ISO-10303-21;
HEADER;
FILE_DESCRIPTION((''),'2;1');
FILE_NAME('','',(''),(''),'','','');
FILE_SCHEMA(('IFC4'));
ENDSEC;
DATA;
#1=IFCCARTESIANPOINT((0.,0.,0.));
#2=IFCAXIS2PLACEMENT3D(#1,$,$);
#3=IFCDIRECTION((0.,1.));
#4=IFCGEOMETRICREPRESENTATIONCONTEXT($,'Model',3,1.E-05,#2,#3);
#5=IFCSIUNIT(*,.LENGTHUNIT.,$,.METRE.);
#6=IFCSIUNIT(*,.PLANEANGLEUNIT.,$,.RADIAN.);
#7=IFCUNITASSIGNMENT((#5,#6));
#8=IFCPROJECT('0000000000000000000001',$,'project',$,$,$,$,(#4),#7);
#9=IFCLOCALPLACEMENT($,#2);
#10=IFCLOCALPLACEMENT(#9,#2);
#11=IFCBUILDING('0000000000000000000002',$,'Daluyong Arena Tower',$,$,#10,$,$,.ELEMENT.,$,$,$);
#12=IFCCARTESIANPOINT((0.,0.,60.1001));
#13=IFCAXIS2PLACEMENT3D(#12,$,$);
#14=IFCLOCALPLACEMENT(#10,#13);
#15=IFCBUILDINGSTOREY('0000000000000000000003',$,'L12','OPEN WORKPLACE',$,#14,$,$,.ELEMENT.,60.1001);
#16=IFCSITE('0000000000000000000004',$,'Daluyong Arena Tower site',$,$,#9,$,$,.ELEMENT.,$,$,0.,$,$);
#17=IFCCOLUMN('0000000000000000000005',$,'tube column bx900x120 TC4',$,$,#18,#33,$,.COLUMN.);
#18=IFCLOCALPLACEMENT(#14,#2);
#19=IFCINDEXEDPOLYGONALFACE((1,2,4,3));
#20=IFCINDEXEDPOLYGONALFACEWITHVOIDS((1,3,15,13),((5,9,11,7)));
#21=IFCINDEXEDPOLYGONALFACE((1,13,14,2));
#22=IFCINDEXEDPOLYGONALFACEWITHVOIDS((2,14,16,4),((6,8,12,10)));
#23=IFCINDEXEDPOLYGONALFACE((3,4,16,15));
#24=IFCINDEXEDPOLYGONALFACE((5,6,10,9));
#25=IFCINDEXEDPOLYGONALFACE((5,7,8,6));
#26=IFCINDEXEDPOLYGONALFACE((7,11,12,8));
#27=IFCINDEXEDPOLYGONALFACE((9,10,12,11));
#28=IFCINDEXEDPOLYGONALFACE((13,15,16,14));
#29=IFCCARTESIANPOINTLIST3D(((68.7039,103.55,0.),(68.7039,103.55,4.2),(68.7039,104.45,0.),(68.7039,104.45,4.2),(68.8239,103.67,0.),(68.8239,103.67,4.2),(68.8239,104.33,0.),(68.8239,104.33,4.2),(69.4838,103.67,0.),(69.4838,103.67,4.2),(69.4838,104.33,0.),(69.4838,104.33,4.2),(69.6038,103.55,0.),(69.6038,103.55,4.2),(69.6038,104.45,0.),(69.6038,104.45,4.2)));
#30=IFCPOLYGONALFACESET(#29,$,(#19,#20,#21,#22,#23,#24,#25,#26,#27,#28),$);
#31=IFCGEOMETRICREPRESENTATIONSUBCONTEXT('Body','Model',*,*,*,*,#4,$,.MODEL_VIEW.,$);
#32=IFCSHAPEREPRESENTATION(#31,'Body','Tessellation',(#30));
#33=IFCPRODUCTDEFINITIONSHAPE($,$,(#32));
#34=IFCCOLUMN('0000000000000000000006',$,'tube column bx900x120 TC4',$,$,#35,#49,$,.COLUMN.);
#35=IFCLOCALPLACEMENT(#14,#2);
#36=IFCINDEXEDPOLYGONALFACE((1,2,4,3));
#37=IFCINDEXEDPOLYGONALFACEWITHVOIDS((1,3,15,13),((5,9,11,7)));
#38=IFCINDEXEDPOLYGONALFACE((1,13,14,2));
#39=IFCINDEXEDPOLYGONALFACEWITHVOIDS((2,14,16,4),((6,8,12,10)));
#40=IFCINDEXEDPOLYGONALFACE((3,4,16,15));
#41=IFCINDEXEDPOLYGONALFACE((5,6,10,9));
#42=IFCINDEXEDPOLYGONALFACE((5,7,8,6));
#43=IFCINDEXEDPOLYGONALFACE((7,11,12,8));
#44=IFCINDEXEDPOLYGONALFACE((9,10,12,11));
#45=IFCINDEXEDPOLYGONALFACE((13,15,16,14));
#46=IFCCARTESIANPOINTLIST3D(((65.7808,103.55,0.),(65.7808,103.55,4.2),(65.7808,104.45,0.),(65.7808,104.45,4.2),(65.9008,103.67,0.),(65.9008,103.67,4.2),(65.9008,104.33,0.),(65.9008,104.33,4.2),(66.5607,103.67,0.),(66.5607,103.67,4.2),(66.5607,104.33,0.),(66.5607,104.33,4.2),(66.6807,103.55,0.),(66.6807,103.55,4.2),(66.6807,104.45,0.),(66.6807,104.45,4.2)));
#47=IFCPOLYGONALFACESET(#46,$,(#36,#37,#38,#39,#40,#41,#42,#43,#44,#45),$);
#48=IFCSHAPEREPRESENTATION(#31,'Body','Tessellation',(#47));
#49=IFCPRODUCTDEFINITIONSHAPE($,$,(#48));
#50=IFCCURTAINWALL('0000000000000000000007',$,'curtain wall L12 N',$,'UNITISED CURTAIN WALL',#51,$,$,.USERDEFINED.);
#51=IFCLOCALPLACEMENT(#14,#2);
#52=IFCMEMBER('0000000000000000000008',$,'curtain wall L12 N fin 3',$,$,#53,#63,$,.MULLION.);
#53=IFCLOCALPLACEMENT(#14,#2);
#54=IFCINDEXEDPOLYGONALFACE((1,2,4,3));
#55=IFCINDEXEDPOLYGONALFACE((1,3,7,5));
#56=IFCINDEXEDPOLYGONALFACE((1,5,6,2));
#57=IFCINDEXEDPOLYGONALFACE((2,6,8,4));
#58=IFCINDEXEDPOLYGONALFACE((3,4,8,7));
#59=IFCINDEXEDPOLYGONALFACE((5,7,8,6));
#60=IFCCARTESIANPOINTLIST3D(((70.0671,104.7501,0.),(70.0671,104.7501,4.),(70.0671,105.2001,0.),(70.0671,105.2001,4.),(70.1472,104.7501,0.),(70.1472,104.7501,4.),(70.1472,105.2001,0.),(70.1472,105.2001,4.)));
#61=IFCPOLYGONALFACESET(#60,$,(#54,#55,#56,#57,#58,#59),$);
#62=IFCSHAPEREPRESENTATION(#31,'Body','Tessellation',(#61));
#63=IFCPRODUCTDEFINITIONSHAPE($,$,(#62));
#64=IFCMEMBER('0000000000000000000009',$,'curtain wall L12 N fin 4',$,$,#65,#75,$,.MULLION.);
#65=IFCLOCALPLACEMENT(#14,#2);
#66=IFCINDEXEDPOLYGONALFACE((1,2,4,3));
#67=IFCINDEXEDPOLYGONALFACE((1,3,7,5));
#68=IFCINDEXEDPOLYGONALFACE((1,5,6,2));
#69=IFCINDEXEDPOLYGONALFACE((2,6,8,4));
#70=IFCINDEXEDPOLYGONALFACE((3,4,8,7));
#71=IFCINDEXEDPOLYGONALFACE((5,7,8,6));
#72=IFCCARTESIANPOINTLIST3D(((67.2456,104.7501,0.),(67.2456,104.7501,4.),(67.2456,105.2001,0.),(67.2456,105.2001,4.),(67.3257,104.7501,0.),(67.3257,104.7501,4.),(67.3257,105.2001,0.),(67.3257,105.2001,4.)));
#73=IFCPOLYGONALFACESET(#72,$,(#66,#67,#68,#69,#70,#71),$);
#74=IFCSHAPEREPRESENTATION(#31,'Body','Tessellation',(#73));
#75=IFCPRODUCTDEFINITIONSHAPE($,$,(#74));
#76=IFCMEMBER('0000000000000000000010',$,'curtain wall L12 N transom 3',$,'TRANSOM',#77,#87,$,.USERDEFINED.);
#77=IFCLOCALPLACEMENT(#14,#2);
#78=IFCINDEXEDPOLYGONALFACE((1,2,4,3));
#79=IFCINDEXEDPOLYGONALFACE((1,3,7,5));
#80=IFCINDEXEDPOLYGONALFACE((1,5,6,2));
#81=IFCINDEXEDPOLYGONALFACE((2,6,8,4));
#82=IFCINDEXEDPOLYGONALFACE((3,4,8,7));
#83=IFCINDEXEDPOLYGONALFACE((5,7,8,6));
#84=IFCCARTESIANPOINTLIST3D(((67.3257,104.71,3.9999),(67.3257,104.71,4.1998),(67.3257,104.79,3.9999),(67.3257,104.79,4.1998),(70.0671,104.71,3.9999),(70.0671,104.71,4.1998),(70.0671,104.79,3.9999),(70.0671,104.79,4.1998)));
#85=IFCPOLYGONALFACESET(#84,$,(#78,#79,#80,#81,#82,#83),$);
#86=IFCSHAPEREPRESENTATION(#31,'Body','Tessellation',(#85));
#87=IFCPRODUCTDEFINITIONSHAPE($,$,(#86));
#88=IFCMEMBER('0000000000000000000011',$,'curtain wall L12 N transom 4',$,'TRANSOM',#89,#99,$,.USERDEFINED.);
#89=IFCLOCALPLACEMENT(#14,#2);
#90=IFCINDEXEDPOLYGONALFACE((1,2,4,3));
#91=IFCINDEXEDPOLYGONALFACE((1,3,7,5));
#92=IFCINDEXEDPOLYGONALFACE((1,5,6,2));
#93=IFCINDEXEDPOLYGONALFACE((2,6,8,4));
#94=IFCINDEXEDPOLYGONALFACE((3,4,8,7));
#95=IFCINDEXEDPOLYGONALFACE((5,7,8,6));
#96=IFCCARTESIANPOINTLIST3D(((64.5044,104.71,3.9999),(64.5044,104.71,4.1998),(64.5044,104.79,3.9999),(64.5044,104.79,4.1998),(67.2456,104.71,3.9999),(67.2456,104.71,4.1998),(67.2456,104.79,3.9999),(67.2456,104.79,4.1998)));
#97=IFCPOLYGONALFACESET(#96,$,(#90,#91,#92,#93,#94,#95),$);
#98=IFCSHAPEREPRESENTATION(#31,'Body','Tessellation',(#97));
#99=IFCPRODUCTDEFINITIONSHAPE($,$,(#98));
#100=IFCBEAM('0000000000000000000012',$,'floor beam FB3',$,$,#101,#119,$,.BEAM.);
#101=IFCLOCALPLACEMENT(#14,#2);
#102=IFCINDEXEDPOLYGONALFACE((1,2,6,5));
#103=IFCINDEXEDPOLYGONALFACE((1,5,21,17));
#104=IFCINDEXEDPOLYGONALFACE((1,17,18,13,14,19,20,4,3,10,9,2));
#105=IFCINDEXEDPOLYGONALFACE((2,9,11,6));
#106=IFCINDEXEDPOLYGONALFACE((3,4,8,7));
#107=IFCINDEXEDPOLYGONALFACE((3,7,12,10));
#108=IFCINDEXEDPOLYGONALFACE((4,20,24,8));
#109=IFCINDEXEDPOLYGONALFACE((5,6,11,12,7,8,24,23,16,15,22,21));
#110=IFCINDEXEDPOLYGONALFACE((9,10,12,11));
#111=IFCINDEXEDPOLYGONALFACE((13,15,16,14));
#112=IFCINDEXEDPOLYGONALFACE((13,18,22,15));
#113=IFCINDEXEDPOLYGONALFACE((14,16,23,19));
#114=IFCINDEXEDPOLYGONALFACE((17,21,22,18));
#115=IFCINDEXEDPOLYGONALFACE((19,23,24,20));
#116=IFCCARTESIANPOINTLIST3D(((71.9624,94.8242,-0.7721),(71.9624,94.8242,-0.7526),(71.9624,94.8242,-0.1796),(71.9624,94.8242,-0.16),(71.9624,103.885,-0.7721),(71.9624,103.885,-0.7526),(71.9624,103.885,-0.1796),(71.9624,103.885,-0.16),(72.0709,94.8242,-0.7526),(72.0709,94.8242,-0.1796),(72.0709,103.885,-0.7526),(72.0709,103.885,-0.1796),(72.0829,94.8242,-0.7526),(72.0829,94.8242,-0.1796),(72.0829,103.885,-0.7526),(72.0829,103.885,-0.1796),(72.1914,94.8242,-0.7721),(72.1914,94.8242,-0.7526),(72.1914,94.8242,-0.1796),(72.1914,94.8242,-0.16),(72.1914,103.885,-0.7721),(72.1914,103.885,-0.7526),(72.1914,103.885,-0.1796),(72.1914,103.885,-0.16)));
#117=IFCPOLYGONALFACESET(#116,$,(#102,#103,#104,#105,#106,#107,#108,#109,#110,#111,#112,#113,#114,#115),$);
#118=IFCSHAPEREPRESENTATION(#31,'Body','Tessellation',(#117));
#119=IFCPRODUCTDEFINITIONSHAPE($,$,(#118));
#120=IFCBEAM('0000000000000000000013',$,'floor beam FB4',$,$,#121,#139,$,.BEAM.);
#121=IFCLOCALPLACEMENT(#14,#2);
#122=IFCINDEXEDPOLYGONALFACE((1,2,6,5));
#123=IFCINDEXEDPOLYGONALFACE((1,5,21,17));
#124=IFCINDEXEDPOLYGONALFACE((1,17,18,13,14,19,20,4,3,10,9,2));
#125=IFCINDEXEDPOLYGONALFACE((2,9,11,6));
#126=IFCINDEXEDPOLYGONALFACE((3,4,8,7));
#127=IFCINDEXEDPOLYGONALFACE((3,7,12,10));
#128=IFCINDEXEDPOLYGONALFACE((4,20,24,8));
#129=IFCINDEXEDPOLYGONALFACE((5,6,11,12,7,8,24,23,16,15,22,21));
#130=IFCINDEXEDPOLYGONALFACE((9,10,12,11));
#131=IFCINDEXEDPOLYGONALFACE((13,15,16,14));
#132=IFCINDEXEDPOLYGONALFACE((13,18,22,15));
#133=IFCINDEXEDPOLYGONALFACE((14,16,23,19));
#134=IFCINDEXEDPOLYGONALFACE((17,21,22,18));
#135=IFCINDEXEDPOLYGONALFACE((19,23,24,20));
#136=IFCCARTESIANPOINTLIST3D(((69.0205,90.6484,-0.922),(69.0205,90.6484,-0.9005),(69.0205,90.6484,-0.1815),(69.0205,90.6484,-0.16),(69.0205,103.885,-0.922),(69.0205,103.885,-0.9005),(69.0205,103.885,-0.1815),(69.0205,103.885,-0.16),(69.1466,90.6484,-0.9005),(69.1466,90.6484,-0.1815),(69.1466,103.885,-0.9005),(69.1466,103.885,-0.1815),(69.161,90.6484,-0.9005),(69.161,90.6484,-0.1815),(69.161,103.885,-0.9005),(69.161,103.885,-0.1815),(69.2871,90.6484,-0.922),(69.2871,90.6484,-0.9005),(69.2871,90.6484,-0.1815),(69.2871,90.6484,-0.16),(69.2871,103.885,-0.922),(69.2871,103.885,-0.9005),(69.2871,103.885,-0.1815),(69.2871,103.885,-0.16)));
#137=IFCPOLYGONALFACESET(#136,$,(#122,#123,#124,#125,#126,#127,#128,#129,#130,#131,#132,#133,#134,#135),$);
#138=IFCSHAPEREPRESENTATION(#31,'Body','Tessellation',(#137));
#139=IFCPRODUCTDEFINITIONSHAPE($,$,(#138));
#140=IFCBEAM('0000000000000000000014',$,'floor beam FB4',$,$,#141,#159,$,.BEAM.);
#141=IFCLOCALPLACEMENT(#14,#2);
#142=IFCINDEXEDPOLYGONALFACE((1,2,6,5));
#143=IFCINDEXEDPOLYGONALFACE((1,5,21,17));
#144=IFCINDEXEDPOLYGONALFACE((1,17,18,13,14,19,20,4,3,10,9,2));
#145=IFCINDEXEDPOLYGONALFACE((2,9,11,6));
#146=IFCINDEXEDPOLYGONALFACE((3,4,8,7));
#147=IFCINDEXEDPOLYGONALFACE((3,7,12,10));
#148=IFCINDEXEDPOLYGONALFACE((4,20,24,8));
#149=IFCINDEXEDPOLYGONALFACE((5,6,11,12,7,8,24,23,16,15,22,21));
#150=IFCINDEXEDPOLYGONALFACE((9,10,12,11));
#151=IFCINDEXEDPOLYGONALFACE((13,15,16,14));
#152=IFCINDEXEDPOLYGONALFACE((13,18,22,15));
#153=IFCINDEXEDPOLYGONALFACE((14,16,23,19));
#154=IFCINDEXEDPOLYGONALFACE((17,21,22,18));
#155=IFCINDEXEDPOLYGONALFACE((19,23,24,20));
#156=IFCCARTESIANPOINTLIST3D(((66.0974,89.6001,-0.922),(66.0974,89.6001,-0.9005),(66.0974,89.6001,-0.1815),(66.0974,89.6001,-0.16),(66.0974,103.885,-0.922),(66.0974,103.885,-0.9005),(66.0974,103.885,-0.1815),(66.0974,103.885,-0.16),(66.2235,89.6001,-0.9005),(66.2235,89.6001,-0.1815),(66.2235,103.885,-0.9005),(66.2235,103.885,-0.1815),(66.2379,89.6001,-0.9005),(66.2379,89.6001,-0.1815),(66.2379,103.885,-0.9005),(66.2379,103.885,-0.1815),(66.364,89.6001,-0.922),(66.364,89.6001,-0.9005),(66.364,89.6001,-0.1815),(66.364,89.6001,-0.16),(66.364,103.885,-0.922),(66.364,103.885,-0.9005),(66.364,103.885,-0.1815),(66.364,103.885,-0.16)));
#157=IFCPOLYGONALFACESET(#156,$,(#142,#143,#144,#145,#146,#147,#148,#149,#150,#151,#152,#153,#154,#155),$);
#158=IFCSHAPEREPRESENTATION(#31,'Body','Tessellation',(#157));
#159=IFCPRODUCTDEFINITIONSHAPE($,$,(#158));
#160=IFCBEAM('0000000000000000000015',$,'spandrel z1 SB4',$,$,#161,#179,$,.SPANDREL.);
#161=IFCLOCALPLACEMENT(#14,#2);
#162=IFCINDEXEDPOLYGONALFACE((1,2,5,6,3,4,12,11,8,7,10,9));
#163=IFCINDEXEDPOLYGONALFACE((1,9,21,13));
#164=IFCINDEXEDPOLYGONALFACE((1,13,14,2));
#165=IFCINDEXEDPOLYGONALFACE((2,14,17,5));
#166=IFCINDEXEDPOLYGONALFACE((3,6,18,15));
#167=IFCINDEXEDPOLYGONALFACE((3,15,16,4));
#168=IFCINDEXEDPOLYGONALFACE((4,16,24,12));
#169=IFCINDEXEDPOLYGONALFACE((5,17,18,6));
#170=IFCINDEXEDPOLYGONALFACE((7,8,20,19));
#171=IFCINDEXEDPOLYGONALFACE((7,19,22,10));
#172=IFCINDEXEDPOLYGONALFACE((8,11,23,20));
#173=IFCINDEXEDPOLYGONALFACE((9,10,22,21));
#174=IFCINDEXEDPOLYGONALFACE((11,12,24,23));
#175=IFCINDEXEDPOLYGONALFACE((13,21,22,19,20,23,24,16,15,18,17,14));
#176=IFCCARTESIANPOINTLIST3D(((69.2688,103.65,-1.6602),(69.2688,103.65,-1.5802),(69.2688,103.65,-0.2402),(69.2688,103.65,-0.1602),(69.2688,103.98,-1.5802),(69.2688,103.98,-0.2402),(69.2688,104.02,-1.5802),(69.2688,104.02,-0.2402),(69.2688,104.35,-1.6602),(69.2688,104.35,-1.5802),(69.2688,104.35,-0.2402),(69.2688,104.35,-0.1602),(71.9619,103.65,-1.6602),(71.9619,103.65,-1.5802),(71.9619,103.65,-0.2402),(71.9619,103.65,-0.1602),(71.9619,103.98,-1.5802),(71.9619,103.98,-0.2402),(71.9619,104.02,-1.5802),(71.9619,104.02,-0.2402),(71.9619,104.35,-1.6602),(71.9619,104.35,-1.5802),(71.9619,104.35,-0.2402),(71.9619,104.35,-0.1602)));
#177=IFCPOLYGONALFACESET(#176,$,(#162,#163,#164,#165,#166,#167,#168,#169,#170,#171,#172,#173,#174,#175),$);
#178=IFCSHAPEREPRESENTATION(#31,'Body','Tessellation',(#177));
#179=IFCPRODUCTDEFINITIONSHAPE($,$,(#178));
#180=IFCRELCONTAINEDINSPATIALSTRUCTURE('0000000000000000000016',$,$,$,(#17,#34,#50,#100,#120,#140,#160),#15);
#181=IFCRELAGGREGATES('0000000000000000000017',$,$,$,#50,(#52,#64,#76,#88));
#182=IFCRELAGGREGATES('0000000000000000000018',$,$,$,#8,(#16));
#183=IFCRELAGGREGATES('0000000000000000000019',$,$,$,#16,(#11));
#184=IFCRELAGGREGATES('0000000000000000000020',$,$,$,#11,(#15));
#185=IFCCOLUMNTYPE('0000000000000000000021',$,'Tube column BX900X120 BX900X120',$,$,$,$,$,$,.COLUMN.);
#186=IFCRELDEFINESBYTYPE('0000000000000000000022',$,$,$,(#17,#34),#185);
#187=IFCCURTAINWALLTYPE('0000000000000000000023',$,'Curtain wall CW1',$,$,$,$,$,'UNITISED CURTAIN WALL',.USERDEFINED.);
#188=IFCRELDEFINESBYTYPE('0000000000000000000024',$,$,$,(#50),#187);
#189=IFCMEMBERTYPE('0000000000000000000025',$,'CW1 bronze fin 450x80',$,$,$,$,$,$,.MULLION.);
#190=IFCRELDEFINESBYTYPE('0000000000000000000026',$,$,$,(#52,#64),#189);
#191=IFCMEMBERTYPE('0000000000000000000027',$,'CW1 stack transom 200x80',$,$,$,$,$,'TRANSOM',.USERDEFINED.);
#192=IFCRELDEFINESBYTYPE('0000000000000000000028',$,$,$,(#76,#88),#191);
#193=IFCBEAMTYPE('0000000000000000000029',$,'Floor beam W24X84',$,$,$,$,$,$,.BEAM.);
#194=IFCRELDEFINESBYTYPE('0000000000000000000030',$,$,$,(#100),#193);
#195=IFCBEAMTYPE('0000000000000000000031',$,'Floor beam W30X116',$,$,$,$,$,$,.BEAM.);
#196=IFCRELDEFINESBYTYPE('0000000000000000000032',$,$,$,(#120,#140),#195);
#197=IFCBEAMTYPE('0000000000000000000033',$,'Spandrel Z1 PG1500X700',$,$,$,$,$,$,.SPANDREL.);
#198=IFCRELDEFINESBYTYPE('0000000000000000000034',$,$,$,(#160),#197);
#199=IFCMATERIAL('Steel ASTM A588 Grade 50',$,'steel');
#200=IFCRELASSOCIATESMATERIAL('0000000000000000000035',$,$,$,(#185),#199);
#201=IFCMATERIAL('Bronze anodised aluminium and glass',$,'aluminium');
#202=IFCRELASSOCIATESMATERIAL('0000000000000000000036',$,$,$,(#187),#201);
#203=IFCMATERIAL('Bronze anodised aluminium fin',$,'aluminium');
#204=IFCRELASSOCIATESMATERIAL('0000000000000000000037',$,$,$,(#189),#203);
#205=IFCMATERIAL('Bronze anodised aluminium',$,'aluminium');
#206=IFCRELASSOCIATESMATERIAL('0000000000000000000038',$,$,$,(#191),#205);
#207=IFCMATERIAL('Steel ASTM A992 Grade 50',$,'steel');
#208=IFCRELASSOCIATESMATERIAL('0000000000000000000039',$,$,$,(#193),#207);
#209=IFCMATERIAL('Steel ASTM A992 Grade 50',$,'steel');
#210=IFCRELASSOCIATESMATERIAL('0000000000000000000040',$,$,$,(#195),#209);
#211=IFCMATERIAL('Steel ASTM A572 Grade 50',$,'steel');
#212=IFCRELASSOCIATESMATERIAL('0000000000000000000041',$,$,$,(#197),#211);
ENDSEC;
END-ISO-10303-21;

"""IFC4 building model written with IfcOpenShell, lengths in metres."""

from ifc_helpers import new_model, si_unit, direction, frame, origin, origin_2d, place, context, subcontext, project, spatial, rectangle, hollow_rectangle, i_section, extrude, material, material_profile, profile_set, type_object, element, aggregate, save


model = new_model("IFC4")

# Units and contexts
model_context = context("Model", 3, precision=1e-05, world=origin(), true_north=direction((0.0, 1.0)))
body_context = subcontext(model_context, "Body", "Model", "MODEL_VIEW")
ifc_project = project(units=[si_unit("LENGTHUNIT", "METRE"), si_unit("PLANEANGLEUNIT", "RADIAN")], contexts=[model_context])

# Site, building, storey
site_placement = place(None, origin())
site = spatial("IfcSite", under=ifc_project, at=site_placement, Name="Daluyong Arena Tower site", CompositionType="ELEMENT", RefElevation=0.0)
building_placement = place(site_placement, origin())
building = spatial("IfcBuilding", under=site, at=building_placement, Name="Daluyong Arena Tower", CompositionType="ELEMENT")
storey_placement = place(building_placement, frame((0.0, 0.0, 60.1001)))
storey = spatial("IfcBuildingStorey", under=building, at=storey_placement, Name="L12", Description="OPEN WORKPLACE", CompositionType="ELEMENT", Elevation=60.1001)

# Columns
ifc_material_1 = material(Name="Steel ASTM A588 Grade 50", Category="steel")
ifc_material_profile_1 = material_profile(ifc_material_1, hollow_rectangle(XDim=0.8999, YDim=0.8999, WallThickness=0.12, at=origin_2d()))
ifc_profile_set_1 = profile_set([ifc_material_profile_1], Name="Steel ASTM A588 Grade 50")
column_type = type_object("IfcColumnType", Name="Tube column BX900X120 BX900X120", PredefinedType="COLUMN", material=ifc_profile_set_1)
for number, where, z_axis, x_axis, name in (
    (1, (69.1538, 104.0, 0.0), (0.0, 0.0, 1.0), (1.0, 0.0, 0.0), "tube column bx900x120 TC4"),
    (2, (66.2307, 104.0, 0.0), (0.0, 0.0, 1.0), (1.0, 0.0, 0.0), "tube column bx900x120 TC4"),
):
    element("IfcColumn", number, at=place(storey_placement, frame(where, z_axis=z_axis, x_axis=x_axis)), inside=storey, type_object=column_type, Name=name, PredefinedType="COLUMN", context=body_context, shape_type="SweptSolid", body=[
        extrude(hollow_rectangle(XDim=0.8999, YDim=0.8999, WallThickness=0.12, at=origin_2d()), origin(), (0.0, 0.0, 1.0), 4.2),
    ])

# Curtain wall, members
ifc_material_2 = material(Name="Bronze anodised aluminium and glass", Category="aluminium")
curtain_wall_type = type_object("IfcCurtainWallType", Name="Curtain wall CW1", ElementType="UNITISED CURTAIN WALL", PredefinedType="USERDEFINED", material=ifc_material_2)
curtain_wall_placement = place(storey_placement, origin())
curtain_wall = element("IfcCurtainWall", 3, at=curtain_wall_placement, inside=storey, type_object=curtain_wall_type, Name="curtain wall L12 N", ObjectType="UNITISED CURTAIN WALL", PredefinedType="USERDEFINED")
ifc_material_3 = material(Name="Bronze anodised aluminium fin", Category="aluminium")
ifc_material_profile_2 = material_profile(ifc_material_3, rectangle(XDim=0.45, YDim=0.0801, at=origin_2d()))
ifc_profile_set_2 = profile_set([ifc_material_profile_2], Name="Bronze anodised aluminium fin")
member_type_1 = type_object("IfcMemberType", Name="CW1 bronze fin 450x80", PredefinedType="MULLION", material=ifc_profile_set_2)
member_1_placement = place(storey_placement, frame((70.1072, 104.9751, 0.0), z_axis=(0.0, 0.0, 1.0), x_axis=(0.0, -1.0, 0.0)))
member_1 = element("IfcMember", 4, at=member_1_placement, type_object=member_type_1, Name="curtain wall L12 N fin 3", PredefinedType="MULLION", context=body_context, shape_type="SweptSolid", body=[
    extrude(rectangle(XDim=0.45, YDim=0.0801, at=origin_2d()), origin(), (0.0, 0.0, 1.0), 4.0),
])
member_2_placement = place(storey_placement, frame((67.2856, 104.9751, 0.0), z_axis=(0.0, 0.0, 1.0), x_axis=(0.0, -1.0, 0.0)))
member_2 = element("IfcMember", 5, at=member_2_placement, type_object=member_type_1, Name="curtain wall L12 N fin 4", PredefinedType="MULLION", context=body_context, shape_type="SweptSolid", body=[
    extrude(rectangle(XDim=0.45, YDim=0.0801, at=origin_2d()), origin(), (0.0, 0.0, 1.0), 4.0),
])
ifc_material_4 = material(Name="Bronze anodised aluminium", Category="aluminium")
ifc_material_profile_3 = material_profile(ifc_material_4, rectangle(XDim=0.0801, YDim=0.2, at=origin_2d()))
ifc_profile_set_3 = profile_set([ifc_material_profile_3], Name="Bronze anodised aluminium")
member_type_2 = type_object("IfcMemberType", Name="CW1 stack transom 200x80", ElementType="TRANSOM", PredefinedType="USERDEFINED", material=ifc_profile_set_3)
member_3_placement = place(storey_placement, frame((70.0671, 104.75, 4.0999), z_axis=(-1.0, 0.0, 0.0), x_axis=(0.0, -1.0, 0.0)))
member_3 = element("IfcMember", 6, at=member_3_placement, type_object=member_type_2, Name="curtain wall L12 N transom 3", ObjectType="TRANSOM", PredefinedType="USERDEFINED", context=body_context, shape_type="SweptSolid", body=[
    extrude(rectangle(XDim=0.0801, YDim=0.2, at=origin_2d()), origin(), (0.0, 0.0, 1.0), 2.7415),
])
member_4_placement = place(storey_placement, frame((67.2456, 104.75, 4.0999), z_axis=(-1.0, 0.0, 0.0), x_axis=(0.0, -1.0, 0.0)))
member_4 = element("IfcMember", 7, at=member_4_placement, type_object=member_type_2, Name="curtain wall L12 N transom 4", ObjectType="TRANSOM", PredefinedType="USERDEFINED", context=body_context, shape_type="SweptSolid", body=[
    extrude(rectangle(XDim=0.0801, YDim=0.2, at=origin_2d()), origin(), (0.0, 0.0, 1.0), 2.7412),
])

# Beams
ifc_material_5 = material(Name="Steel ASTM A992 Grade 50", Category="steel")
ifc_material_profile_4 = material_profile(ifc_material_5, i_section(OverallWidth=0.229, OverallDepth=0.6121, WebThickness=0.012, FlangeThickness=0.0195, at=origin_2d()))
ifc_profile_set_4 = profile_set([ifc_material_profile_4], Name="Steel ASTM A992 Grade 50")
beam_type_1 = type_object("IfcBeamType", Name="Floor beam W24X84", PredefinedType="BEAM", material=ifc_profile_set_4)
beam_1_placement = place(storey_placement, frame((72.0769, 103.885, -0.4661), z_axis=(0.0, -1.0, 0.0), x_axis=(1.0, 0.0, 0.0)))
element("IfcBeam", 8, at=beam_1_placement, inside=storey, type_object=beam_type_1, Name="floor beam FB3", PredefinedType="BEAM", context=body_context, shape_type="SweptSolid", body=[
    extrude(i_section(OverallWidth=0.229, OverallDepth=0.6121, WebThickness=0.012, FlangeThickness=0.0195, at=origin_2d()), origin(), (0.0, 0.0, 1.0), 9.0608),
])
ifc_material_6 = material(Name="Steel ASTM A992 Grade 50", Category="steel")
ifc_material_profile_5 = material_profile(ifc_material_6, i_section(OverallWidth=0.2666, OverallDepth=0.762, WebThickness=0.0144, FlangeThickness=0.0215, at=origin_2d()))
ifc_profile_set_5 = profile_set([ifc_material_profile_5], Name="Steel ASTM A992 Grade 50")
beam_type_2 = type_object("IfcBeamType", Name="Floor beam W30X116", PredefinedType="BEAM", material=ifc_profile_set_5)
beam_2_placement = place(storey_placement, frame((69.1538, 103.885, -0.541), z_axis=(0.0, -1.0, 0.0), x_axis=(1.0, 0.0, 0.0)))
element("IfcBeam", 9, at=beam_2_placement, inside=storey, type_object=beam_type_2, Name="floor beam FB4", PredefinedType="BEAM", context=body_context, shape_type="SweptSolid", body=[
    extrude(i_section(OverallWidth=0.2666, OverallDepth=0.762, WebThickness=0.0144, FlangeThickness=0.0215, at=origin_2d()), origin(), (0.0, 0.0, 1.0), 13.2366),
])
beam_3_placement = place(storey_placement, frame((66.2307, 103.885, -0.541), z_axis=(0.0, -1.0, 0.0), x_axis=(1.0, 0.0, 0.0)))
element("IfcBeam", 10, at=beam_3_placement, inside=storey, type_object=beam_type_2, Name="floor beam FB4", PredefinedType="BEAM", context=body_context, shape_type="SweptSolid", body=[
    extrude(i_section(OverallWidth=0.2666, OverallDepth=0.762, WebThickness=0.0144, FlangeThickness=0.0215, at=origin_2d()), origin(), (0.0, 0.0, 1.0), 14.2849),
])
ifc_material_7 = material(Name="Steel ASTM A572 Grade 50", Category="steel")
ifc_material_profile_6 = material_profile(ifc_material_7, i_section(OverallWidth=0.7, OverallDepth=1.5, WebThickness=0.04, FlangeThickness=0.08, at=origin_2d()))
ifc_profile_set_6 = profile_set([ifc_material_profile_6], Name="Steel ASTM A572 Grade 50")
beam_type_3 = type_object("IfcBeamType", Name="Spandrel Z1 PG1500X700", PredefinedType="SPANDREL", material=ifc_profile_set_6)
for number, where, z_axis, x_axis, name in (
    (11, (71.9619, 104.0, -0.9102), (-1.0, 0.0, 0.0), (0.0, -1.0, 0.0), "spandrel z1 SB4"),
):
    element("IfcBeam", number, at=place(storey_placement, frame(where, z_axis=z_axis, x_axis=x_axis)), inside=storey, type_object=beam_type_3, Name=name, PredefinedType="SPANDREL", context=body_context, shape_type="SweptSolid", body=[
        extrude(i_section(OverallWidth=0.7, OverallDepth=1.5, WebThickness=0.04, FlangeThickness=0.08, at=origin_2d()), origin(), (0.0, 0.0, 1.0), 2.6931),
    ])

aggregate(curtain_wall, [member_1, member_2, member_3, member_4])

save(model, "model.ifc")
